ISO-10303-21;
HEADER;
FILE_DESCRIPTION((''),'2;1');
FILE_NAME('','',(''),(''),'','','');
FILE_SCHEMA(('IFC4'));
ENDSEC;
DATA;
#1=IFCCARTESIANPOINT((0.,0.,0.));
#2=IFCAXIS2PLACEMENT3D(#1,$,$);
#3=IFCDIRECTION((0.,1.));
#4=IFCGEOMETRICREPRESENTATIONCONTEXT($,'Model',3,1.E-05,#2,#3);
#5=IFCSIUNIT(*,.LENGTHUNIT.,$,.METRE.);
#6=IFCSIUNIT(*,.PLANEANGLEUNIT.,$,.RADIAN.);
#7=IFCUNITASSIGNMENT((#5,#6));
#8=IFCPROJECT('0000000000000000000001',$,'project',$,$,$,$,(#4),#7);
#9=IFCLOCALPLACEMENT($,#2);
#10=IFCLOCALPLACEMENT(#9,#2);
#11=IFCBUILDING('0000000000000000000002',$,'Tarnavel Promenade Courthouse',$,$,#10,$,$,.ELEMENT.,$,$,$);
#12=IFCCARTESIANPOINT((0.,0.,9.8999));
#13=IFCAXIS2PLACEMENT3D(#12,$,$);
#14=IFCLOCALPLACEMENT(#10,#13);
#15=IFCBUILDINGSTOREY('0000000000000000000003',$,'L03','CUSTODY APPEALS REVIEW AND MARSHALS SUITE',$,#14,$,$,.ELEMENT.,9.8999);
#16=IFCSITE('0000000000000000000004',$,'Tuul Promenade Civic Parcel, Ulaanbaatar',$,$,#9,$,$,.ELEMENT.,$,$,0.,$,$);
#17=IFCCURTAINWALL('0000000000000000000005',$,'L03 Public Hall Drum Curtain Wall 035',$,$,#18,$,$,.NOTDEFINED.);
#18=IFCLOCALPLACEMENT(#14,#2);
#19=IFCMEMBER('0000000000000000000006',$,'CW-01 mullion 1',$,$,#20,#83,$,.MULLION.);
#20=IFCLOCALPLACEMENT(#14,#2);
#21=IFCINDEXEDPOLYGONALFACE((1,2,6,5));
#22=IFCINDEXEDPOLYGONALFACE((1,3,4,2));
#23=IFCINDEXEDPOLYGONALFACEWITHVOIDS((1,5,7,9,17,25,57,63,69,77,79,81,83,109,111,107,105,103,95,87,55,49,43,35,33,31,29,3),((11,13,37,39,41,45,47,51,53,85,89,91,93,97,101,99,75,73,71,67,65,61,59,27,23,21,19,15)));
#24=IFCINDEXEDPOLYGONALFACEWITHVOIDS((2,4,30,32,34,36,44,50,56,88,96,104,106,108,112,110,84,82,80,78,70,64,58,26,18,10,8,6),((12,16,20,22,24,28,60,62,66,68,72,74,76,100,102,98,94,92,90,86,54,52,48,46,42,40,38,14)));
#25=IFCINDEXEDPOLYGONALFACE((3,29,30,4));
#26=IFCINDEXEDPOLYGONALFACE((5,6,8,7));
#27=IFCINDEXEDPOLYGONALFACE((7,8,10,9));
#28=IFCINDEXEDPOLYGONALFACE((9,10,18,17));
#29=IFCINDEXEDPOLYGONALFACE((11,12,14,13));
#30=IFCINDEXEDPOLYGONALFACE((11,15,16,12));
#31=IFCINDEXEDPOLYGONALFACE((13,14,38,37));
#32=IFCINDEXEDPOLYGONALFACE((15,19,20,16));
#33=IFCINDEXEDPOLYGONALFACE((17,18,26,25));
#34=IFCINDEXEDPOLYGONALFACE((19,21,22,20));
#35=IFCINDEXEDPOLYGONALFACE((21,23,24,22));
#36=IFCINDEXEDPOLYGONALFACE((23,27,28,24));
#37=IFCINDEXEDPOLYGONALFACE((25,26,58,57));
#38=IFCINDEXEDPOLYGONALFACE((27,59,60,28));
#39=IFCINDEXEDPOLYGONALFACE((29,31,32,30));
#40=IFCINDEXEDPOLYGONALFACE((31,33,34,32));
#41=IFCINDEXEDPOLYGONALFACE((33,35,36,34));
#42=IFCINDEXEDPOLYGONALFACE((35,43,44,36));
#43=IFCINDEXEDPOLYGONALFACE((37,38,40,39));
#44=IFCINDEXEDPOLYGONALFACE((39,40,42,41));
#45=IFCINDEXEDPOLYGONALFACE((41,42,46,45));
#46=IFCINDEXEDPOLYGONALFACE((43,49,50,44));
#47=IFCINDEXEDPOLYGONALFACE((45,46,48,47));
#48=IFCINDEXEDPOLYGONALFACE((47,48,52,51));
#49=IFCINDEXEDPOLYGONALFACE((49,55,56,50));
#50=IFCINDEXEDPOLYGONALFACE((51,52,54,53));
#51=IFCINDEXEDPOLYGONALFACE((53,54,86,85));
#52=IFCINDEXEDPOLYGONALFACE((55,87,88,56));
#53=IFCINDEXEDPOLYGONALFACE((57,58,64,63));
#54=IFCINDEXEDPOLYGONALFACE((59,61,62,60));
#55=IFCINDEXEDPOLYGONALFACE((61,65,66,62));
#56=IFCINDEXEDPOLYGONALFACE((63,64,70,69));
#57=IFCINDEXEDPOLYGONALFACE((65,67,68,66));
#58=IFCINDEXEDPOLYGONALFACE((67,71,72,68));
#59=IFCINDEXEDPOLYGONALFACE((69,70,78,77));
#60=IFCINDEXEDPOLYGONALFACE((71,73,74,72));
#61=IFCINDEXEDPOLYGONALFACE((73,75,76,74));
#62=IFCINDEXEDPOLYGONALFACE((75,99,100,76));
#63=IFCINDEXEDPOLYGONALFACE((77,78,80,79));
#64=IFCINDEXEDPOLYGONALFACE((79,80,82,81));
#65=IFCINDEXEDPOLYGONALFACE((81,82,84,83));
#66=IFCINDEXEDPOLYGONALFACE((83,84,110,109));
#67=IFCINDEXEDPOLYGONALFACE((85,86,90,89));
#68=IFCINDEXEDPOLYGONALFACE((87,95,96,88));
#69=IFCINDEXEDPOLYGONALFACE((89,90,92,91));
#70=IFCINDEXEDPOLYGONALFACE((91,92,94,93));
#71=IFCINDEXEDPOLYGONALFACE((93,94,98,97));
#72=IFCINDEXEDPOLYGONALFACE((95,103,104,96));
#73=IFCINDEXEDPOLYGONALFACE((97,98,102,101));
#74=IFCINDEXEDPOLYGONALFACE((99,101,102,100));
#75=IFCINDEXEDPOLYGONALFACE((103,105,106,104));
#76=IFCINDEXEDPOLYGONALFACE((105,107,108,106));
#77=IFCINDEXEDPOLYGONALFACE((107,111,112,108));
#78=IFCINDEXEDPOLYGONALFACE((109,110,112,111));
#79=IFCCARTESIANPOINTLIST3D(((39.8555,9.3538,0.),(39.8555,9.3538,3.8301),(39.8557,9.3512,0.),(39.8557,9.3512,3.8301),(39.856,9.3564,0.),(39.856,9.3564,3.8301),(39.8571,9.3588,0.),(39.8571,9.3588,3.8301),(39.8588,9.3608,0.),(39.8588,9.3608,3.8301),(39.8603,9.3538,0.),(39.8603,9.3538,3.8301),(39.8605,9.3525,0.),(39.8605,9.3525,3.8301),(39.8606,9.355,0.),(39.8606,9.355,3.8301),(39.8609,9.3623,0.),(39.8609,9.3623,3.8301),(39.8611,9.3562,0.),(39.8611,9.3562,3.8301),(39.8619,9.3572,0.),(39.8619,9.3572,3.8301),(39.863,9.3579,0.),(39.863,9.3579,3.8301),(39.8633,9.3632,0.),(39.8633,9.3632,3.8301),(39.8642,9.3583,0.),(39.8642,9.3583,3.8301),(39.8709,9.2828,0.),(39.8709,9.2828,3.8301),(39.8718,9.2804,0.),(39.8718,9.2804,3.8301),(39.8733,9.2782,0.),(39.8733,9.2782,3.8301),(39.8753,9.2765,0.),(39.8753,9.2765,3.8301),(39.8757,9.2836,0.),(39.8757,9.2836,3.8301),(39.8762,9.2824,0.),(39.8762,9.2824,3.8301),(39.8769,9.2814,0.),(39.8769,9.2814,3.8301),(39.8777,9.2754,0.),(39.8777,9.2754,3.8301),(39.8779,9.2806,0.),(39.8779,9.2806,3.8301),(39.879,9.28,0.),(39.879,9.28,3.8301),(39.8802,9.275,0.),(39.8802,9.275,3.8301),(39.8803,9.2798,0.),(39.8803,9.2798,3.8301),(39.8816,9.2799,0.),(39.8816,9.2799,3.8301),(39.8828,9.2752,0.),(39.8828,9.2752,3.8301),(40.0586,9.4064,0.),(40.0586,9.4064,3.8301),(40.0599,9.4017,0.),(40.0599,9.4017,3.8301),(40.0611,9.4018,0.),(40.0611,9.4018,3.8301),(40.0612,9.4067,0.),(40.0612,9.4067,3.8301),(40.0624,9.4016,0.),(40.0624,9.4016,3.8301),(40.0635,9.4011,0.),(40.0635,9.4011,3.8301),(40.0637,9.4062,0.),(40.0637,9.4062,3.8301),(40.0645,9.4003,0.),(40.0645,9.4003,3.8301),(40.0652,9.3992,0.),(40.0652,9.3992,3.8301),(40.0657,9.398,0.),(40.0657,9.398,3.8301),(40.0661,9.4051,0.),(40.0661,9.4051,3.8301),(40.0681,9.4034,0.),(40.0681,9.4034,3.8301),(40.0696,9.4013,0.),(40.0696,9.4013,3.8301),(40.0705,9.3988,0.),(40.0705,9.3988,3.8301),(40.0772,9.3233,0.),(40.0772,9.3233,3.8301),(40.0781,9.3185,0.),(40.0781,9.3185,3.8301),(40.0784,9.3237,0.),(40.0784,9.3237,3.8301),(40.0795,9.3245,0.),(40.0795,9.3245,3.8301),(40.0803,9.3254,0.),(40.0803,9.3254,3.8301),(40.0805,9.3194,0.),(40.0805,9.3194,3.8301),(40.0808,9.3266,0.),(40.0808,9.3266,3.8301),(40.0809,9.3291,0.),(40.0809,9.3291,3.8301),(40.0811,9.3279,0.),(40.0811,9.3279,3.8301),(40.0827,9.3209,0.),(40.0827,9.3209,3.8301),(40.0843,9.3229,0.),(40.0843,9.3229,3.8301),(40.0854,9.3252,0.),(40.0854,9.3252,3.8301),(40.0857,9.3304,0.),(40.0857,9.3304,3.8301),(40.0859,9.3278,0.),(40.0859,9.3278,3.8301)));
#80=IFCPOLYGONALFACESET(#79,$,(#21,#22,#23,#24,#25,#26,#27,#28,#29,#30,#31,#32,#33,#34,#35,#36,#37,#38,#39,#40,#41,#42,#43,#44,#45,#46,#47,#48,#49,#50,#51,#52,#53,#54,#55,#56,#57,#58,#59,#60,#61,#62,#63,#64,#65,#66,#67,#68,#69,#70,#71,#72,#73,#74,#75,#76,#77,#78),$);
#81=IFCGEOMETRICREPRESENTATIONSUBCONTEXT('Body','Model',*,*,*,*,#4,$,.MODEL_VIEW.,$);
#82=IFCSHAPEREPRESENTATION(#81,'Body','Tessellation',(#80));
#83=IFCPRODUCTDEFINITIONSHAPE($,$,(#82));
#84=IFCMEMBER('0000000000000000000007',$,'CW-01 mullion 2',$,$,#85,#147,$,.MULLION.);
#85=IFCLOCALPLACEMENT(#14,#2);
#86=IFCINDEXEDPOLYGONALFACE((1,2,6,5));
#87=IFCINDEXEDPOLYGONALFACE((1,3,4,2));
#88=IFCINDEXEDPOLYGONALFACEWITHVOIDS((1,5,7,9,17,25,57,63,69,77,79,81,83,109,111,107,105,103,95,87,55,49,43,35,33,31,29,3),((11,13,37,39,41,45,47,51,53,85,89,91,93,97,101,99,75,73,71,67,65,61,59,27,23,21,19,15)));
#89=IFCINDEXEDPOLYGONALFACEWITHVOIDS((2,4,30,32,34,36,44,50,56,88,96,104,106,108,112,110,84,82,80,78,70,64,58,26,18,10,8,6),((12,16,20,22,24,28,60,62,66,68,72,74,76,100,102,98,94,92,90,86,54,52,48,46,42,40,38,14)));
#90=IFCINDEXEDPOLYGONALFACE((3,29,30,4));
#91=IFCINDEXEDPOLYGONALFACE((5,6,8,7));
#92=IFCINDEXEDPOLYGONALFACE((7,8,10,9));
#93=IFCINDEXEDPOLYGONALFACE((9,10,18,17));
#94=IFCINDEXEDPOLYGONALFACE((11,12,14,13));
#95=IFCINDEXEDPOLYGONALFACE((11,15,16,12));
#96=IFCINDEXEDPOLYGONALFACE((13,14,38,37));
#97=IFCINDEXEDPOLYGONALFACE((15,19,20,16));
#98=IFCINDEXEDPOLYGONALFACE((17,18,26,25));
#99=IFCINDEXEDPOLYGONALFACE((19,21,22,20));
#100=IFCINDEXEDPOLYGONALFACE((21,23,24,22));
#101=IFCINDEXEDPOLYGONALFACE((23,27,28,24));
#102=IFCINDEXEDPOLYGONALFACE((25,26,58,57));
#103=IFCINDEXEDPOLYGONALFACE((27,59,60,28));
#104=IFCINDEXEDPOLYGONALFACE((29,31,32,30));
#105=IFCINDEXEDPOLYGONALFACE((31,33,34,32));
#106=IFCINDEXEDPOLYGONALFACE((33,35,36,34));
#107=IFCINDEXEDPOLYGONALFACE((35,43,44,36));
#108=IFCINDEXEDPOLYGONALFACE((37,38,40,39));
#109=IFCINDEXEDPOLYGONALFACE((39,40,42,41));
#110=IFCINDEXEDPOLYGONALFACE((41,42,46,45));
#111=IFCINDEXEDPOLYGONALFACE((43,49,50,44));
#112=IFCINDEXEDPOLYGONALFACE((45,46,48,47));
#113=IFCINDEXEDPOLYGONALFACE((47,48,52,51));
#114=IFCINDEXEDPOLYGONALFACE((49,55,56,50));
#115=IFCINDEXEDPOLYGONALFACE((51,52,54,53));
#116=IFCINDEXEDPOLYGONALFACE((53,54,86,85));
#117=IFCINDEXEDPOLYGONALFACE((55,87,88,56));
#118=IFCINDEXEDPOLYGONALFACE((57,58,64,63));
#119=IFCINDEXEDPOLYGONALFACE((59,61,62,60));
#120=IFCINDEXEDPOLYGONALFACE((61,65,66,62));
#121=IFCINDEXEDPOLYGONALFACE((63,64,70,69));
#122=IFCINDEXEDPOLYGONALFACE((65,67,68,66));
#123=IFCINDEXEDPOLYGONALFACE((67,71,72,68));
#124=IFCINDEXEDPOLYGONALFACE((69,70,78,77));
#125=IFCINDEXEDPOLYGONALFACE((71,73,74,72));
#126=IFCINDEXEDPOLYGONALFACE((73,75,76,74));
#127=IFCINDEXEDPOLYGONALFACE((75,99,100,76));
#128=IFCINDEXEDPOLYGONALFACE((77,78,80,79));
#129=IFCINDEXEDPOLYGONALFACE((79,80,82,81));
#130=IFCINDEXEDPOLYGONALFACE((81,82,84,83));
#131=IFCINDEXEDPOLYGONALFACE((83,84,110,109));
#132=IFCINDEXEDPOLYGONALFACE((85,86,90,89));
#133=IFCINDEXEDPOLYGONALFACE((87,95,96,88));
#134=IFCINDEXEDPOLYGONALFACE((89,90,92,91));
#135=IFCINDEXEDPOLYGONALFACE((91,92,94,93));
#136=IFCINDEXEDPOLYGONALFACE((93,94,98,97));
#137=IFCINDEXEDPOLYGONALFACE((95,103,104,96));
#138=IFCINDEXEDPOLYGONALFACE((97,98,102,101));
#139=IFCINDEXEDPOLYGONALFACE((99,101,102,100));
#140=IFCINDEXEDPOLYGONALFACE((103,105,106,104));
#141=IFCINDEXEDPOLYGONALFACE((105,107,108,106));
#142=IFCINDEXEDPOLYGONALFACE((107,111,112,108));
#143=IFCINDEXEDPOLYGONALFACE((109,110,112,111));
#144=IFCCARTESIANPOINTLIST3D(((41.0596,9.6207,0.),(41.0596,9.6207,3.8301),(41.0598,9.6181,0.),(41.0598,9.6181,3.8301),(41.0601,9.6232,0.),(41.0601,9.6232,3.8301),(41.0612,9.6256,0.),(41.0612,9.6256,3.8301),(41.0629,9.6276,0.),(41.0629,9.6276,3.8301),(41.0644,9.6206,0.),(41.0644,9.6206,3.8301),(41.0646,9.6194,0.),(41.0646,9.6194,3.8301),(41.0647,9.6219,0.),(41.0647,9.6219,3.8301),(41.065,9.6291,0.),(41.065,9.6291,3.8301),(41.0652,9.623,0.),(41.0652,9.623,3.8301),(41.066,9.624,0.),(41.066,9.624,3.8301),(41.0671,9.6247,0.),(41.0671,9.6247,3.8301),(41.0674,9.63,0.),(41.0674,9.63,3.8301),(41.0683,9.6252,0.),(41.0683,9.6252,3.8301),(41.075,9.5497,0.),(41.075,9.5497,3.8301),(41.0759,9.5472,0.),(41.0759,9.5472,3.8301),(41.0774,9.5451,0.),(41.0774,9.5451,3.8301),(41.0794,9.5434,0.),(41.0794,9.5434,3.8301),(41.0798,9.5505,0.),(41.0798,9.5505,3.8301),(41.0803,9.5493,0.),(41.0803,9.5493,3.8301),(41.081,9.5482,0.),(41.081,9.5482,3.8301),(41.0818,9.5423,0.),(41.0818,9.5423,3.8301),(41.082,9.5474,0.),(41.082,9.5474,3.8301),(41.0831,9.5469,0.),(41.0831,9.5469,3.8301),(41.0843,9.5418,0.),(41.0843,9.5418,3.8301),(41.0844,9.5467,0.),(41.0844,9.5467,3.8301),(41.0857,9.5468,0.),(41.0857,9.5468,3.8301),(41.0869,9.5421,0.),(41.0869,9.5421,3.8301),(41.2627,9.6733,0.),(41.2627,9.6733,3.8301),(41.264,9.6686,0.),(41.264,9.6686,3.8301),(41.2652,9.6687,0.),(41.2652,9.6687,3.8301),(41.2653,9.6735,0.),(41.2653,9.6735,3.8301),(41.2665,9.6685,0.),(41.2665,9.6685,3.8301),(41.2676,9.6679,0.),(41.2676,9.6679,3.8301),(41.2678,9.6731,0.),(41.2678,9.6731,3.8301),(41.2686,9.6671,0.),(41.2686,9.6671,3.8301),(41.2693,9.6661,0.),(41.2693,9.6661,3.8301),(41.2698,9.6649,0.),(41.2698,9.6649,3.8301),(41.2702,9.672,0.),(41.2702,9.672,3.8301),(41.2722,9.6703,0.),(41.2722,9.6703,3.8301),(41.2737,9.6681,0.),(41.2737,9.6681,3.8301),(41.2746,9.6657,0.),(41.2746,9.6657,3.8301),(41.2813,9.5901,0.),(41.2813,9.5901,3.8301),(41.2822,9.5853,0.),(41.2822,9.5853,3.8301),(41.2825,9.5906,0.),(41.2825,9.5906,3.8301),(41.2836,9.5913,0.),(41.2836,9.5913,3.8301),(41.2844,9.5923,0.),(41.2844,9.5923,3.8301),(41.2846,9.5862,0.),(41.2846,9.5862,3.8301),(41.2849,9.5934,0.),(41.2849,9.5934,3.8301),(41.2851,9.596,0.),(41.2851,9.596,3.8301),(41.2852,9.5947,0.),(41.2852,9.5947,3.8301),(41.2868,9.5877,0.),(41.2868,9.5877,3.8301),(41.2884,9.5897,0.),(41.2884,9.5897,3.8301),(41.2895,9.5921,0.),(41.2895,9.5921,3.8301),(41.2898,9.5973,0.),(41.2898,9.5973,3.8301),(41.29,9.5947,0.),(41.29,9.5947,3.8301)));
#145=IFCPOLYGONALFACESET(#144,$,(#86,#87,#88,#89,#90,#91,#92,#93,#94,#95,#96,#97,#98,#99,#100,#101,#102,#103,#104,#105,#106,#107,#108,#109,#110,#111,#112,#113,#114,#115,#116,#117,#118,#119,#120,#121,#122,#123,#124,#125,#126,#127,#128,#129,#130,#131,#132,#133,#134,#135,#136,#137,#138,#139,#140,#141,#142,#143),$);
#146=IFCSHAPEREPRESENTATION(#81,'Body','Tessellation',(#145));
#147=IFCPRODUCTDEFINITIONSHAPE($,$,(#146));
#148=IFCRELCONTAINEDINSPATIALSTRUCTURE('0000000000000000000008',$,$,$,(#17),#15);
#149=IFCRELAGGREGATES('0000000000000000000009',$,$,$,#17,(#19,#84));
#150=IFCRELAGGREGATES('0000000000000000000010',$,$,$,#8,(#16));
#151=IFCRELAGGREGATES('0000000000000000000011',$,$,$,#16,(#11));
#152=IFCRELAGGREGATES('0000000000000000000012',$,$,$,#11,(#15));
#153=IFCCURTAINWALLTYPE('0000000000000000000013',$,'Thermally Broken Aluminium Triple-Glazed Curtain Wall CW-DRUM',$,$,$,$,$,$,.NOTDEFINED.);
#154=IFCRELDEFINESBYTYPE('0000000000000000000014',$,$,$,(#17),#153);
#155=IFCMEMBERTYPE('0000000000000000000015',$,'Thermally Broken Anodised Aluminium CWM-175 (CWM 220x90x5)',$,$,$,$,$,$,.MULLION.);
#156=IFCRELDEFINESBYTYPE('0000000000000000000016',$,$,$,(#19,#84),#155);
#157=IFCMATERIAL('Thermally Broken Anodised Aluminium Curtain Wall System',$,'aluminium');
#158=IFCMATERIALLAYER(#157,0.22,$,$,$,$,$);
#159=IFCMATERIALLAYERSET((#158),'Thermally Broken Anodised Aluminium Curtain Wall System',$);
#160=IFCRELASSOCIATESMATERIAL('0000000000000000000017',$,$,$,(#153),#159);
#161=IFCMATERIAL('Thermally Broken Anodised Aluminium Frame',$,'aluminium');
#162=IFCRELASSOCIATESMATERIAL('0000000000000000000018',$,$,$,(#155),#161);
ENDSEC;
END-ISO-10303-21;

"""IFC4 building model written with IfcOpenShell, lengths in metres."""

from ifc_helpers import new_model, si_unit, direction, frame, origin, origin_2d, place, context, subcontext, project, spatial, hollow_rectangle, extrude, material, layer, layer_set, material_profile, profile_set, type_object, element, aggregate, save


model = new_model("IFC4")

# Units and contexts
model_context = context("Model", 3, precision=1e-05, world=origin(), true_north=direction((0.0, 1.0)))
body_context = subcontext(model_context, "Body", "Model", "MODEL_VIEW")
ifc_project = project(units=[si_unit("LENGTHUNIT", "METRE"), si_unit("PLANEANGLEUNIT", "RADIAN")], contexts=[model_context])

# Site, building, storey
site_placement = place(None, origin())
site = spatial("IfcSite", under=ifc_project, at=site_placement, Name="Tuul Promenade Civic Parcel, Ulaanbaatar", CompositionType="ELEMENT", RefElevation=0.0)
building_placement = place(site_placement, origin())
building = spatial("IfcBuilding", under=site, at=building_placement, Name="Tarnavel Promenade Courthouse", CompositionType="ELEMENT")
storey_placement = place(building_placement, frame((0.0, 0.0, 9.8999)))
storey = spatial("IfcBuildingStorey", under=building, at=storey_placement, Name="L03", Description="CUSTODY APPEALS REVIEW AND MARSHALS SUITE", CompositionType="ELEMENT", Elevation=9.8999)

# Shared definitions
ifc_material_1 = material(Name="Thermally Broken Anodised Aluminium Curtain Wall System", Category="aluminium")
ifc_layer_1 = layer(ifc_material_1, 0.22)
ifc_layer_set_1 = layer_set([ifc_layer_1], Name="Thermally Broken Anodised Aluminium Curtain Wall System")
curtain_wall_type = type_object("IfcCurtainWallType", Name="Thermally Broken Aluminium Triple-Glazed Curtain Wall CW-DRUM", PredefinedType="NOTDEFINED", material=ifc_layer_set_1)
ifc_material_2 = material(Name="Thermally Broken Anodised Aluminium Frame", Category="aluminium")
ifc_material_profile_1 = material_profile(ifc_material_2, hollow_rectangle(XDim=0.0901, YDim=0.22, WallThickness=0.0049, InnerFilletRadius=0.0049, OuterFilletRadius=0.01, at=origin_2d()), Name="CWM 220x90x5")
ifc_profile_set_1 = profile_set([ifc_material_profile_1], Name="Thermally Broken Anodised Aluminium Frame")
member_type_1 = type_object("IfcMemberType", Name="Thermally Broken Anodised Aluminium CWM-175 (CWM 220x90x5)", PredefinedType="MULLION", material=ifc_profile_set_1)

# Curtain wall, members
curtain_wall_1_placement = place(storey_placement, origin())
curtain_wall_1 = element("IfcCurtainWall", 1, at=curtain_wall_1_placement, inside=storey, type_object=curtain_wall_type, Name="L03 Public Hall Drum Curtain Wall 035", PredefinedType="NOTDEFINED")
member_1_placement = place(storey_placement, frame((39.9707, 9.3408, 0.0), z_axis=(0.0, 0.0, 1.0), x_axis=(-0.216439, 0.976296, 0.0)))
member_1 = element("IfcMember", 2, at=member_1_placement, type_object=member_type_1, Name="CW-01 mullion 1", PredefinedType="MULLION", context=body_context, shape_type="SweptSolid", body=[
    extrude(hollow_rectangle(XDim=0.0901, YDim=0.22, WallThickness=0.0049, InnerFilletRadius=0.0049, OuterFilletRadius=0.01, at=origin_2d()), origin(), (0.0, 0.0, 1.0), 3.8301),
])
member_2_placement = place(storey_placement, frame((41.1748, 9.6077, 0.0), z_axis=(0.0, 0.0, 1.0), x_axis=(-0.216439, 0.976296, 0.0)))
member_2 = element("IfcMember", 3, at=member_2_placement, type_object=member_type_1, Name="CW-01 mullion 2", PredefinedType="MULLION", context=body_context, shape_type="SweptSolid", body=[
    extrude(hollow_rectangle(XDim=0.0901, YDim=0.22, WallThickness=0.0049, InnerFilletRadius=0.0049, OuterFilletRadius=0.01, at=origin_2d()), origin(), (0.0, 0.0, 1.0), 3.8301),
])

aggregate(curtain_wall_1, [member_1, member_2])

save(model, "model.ifc")
